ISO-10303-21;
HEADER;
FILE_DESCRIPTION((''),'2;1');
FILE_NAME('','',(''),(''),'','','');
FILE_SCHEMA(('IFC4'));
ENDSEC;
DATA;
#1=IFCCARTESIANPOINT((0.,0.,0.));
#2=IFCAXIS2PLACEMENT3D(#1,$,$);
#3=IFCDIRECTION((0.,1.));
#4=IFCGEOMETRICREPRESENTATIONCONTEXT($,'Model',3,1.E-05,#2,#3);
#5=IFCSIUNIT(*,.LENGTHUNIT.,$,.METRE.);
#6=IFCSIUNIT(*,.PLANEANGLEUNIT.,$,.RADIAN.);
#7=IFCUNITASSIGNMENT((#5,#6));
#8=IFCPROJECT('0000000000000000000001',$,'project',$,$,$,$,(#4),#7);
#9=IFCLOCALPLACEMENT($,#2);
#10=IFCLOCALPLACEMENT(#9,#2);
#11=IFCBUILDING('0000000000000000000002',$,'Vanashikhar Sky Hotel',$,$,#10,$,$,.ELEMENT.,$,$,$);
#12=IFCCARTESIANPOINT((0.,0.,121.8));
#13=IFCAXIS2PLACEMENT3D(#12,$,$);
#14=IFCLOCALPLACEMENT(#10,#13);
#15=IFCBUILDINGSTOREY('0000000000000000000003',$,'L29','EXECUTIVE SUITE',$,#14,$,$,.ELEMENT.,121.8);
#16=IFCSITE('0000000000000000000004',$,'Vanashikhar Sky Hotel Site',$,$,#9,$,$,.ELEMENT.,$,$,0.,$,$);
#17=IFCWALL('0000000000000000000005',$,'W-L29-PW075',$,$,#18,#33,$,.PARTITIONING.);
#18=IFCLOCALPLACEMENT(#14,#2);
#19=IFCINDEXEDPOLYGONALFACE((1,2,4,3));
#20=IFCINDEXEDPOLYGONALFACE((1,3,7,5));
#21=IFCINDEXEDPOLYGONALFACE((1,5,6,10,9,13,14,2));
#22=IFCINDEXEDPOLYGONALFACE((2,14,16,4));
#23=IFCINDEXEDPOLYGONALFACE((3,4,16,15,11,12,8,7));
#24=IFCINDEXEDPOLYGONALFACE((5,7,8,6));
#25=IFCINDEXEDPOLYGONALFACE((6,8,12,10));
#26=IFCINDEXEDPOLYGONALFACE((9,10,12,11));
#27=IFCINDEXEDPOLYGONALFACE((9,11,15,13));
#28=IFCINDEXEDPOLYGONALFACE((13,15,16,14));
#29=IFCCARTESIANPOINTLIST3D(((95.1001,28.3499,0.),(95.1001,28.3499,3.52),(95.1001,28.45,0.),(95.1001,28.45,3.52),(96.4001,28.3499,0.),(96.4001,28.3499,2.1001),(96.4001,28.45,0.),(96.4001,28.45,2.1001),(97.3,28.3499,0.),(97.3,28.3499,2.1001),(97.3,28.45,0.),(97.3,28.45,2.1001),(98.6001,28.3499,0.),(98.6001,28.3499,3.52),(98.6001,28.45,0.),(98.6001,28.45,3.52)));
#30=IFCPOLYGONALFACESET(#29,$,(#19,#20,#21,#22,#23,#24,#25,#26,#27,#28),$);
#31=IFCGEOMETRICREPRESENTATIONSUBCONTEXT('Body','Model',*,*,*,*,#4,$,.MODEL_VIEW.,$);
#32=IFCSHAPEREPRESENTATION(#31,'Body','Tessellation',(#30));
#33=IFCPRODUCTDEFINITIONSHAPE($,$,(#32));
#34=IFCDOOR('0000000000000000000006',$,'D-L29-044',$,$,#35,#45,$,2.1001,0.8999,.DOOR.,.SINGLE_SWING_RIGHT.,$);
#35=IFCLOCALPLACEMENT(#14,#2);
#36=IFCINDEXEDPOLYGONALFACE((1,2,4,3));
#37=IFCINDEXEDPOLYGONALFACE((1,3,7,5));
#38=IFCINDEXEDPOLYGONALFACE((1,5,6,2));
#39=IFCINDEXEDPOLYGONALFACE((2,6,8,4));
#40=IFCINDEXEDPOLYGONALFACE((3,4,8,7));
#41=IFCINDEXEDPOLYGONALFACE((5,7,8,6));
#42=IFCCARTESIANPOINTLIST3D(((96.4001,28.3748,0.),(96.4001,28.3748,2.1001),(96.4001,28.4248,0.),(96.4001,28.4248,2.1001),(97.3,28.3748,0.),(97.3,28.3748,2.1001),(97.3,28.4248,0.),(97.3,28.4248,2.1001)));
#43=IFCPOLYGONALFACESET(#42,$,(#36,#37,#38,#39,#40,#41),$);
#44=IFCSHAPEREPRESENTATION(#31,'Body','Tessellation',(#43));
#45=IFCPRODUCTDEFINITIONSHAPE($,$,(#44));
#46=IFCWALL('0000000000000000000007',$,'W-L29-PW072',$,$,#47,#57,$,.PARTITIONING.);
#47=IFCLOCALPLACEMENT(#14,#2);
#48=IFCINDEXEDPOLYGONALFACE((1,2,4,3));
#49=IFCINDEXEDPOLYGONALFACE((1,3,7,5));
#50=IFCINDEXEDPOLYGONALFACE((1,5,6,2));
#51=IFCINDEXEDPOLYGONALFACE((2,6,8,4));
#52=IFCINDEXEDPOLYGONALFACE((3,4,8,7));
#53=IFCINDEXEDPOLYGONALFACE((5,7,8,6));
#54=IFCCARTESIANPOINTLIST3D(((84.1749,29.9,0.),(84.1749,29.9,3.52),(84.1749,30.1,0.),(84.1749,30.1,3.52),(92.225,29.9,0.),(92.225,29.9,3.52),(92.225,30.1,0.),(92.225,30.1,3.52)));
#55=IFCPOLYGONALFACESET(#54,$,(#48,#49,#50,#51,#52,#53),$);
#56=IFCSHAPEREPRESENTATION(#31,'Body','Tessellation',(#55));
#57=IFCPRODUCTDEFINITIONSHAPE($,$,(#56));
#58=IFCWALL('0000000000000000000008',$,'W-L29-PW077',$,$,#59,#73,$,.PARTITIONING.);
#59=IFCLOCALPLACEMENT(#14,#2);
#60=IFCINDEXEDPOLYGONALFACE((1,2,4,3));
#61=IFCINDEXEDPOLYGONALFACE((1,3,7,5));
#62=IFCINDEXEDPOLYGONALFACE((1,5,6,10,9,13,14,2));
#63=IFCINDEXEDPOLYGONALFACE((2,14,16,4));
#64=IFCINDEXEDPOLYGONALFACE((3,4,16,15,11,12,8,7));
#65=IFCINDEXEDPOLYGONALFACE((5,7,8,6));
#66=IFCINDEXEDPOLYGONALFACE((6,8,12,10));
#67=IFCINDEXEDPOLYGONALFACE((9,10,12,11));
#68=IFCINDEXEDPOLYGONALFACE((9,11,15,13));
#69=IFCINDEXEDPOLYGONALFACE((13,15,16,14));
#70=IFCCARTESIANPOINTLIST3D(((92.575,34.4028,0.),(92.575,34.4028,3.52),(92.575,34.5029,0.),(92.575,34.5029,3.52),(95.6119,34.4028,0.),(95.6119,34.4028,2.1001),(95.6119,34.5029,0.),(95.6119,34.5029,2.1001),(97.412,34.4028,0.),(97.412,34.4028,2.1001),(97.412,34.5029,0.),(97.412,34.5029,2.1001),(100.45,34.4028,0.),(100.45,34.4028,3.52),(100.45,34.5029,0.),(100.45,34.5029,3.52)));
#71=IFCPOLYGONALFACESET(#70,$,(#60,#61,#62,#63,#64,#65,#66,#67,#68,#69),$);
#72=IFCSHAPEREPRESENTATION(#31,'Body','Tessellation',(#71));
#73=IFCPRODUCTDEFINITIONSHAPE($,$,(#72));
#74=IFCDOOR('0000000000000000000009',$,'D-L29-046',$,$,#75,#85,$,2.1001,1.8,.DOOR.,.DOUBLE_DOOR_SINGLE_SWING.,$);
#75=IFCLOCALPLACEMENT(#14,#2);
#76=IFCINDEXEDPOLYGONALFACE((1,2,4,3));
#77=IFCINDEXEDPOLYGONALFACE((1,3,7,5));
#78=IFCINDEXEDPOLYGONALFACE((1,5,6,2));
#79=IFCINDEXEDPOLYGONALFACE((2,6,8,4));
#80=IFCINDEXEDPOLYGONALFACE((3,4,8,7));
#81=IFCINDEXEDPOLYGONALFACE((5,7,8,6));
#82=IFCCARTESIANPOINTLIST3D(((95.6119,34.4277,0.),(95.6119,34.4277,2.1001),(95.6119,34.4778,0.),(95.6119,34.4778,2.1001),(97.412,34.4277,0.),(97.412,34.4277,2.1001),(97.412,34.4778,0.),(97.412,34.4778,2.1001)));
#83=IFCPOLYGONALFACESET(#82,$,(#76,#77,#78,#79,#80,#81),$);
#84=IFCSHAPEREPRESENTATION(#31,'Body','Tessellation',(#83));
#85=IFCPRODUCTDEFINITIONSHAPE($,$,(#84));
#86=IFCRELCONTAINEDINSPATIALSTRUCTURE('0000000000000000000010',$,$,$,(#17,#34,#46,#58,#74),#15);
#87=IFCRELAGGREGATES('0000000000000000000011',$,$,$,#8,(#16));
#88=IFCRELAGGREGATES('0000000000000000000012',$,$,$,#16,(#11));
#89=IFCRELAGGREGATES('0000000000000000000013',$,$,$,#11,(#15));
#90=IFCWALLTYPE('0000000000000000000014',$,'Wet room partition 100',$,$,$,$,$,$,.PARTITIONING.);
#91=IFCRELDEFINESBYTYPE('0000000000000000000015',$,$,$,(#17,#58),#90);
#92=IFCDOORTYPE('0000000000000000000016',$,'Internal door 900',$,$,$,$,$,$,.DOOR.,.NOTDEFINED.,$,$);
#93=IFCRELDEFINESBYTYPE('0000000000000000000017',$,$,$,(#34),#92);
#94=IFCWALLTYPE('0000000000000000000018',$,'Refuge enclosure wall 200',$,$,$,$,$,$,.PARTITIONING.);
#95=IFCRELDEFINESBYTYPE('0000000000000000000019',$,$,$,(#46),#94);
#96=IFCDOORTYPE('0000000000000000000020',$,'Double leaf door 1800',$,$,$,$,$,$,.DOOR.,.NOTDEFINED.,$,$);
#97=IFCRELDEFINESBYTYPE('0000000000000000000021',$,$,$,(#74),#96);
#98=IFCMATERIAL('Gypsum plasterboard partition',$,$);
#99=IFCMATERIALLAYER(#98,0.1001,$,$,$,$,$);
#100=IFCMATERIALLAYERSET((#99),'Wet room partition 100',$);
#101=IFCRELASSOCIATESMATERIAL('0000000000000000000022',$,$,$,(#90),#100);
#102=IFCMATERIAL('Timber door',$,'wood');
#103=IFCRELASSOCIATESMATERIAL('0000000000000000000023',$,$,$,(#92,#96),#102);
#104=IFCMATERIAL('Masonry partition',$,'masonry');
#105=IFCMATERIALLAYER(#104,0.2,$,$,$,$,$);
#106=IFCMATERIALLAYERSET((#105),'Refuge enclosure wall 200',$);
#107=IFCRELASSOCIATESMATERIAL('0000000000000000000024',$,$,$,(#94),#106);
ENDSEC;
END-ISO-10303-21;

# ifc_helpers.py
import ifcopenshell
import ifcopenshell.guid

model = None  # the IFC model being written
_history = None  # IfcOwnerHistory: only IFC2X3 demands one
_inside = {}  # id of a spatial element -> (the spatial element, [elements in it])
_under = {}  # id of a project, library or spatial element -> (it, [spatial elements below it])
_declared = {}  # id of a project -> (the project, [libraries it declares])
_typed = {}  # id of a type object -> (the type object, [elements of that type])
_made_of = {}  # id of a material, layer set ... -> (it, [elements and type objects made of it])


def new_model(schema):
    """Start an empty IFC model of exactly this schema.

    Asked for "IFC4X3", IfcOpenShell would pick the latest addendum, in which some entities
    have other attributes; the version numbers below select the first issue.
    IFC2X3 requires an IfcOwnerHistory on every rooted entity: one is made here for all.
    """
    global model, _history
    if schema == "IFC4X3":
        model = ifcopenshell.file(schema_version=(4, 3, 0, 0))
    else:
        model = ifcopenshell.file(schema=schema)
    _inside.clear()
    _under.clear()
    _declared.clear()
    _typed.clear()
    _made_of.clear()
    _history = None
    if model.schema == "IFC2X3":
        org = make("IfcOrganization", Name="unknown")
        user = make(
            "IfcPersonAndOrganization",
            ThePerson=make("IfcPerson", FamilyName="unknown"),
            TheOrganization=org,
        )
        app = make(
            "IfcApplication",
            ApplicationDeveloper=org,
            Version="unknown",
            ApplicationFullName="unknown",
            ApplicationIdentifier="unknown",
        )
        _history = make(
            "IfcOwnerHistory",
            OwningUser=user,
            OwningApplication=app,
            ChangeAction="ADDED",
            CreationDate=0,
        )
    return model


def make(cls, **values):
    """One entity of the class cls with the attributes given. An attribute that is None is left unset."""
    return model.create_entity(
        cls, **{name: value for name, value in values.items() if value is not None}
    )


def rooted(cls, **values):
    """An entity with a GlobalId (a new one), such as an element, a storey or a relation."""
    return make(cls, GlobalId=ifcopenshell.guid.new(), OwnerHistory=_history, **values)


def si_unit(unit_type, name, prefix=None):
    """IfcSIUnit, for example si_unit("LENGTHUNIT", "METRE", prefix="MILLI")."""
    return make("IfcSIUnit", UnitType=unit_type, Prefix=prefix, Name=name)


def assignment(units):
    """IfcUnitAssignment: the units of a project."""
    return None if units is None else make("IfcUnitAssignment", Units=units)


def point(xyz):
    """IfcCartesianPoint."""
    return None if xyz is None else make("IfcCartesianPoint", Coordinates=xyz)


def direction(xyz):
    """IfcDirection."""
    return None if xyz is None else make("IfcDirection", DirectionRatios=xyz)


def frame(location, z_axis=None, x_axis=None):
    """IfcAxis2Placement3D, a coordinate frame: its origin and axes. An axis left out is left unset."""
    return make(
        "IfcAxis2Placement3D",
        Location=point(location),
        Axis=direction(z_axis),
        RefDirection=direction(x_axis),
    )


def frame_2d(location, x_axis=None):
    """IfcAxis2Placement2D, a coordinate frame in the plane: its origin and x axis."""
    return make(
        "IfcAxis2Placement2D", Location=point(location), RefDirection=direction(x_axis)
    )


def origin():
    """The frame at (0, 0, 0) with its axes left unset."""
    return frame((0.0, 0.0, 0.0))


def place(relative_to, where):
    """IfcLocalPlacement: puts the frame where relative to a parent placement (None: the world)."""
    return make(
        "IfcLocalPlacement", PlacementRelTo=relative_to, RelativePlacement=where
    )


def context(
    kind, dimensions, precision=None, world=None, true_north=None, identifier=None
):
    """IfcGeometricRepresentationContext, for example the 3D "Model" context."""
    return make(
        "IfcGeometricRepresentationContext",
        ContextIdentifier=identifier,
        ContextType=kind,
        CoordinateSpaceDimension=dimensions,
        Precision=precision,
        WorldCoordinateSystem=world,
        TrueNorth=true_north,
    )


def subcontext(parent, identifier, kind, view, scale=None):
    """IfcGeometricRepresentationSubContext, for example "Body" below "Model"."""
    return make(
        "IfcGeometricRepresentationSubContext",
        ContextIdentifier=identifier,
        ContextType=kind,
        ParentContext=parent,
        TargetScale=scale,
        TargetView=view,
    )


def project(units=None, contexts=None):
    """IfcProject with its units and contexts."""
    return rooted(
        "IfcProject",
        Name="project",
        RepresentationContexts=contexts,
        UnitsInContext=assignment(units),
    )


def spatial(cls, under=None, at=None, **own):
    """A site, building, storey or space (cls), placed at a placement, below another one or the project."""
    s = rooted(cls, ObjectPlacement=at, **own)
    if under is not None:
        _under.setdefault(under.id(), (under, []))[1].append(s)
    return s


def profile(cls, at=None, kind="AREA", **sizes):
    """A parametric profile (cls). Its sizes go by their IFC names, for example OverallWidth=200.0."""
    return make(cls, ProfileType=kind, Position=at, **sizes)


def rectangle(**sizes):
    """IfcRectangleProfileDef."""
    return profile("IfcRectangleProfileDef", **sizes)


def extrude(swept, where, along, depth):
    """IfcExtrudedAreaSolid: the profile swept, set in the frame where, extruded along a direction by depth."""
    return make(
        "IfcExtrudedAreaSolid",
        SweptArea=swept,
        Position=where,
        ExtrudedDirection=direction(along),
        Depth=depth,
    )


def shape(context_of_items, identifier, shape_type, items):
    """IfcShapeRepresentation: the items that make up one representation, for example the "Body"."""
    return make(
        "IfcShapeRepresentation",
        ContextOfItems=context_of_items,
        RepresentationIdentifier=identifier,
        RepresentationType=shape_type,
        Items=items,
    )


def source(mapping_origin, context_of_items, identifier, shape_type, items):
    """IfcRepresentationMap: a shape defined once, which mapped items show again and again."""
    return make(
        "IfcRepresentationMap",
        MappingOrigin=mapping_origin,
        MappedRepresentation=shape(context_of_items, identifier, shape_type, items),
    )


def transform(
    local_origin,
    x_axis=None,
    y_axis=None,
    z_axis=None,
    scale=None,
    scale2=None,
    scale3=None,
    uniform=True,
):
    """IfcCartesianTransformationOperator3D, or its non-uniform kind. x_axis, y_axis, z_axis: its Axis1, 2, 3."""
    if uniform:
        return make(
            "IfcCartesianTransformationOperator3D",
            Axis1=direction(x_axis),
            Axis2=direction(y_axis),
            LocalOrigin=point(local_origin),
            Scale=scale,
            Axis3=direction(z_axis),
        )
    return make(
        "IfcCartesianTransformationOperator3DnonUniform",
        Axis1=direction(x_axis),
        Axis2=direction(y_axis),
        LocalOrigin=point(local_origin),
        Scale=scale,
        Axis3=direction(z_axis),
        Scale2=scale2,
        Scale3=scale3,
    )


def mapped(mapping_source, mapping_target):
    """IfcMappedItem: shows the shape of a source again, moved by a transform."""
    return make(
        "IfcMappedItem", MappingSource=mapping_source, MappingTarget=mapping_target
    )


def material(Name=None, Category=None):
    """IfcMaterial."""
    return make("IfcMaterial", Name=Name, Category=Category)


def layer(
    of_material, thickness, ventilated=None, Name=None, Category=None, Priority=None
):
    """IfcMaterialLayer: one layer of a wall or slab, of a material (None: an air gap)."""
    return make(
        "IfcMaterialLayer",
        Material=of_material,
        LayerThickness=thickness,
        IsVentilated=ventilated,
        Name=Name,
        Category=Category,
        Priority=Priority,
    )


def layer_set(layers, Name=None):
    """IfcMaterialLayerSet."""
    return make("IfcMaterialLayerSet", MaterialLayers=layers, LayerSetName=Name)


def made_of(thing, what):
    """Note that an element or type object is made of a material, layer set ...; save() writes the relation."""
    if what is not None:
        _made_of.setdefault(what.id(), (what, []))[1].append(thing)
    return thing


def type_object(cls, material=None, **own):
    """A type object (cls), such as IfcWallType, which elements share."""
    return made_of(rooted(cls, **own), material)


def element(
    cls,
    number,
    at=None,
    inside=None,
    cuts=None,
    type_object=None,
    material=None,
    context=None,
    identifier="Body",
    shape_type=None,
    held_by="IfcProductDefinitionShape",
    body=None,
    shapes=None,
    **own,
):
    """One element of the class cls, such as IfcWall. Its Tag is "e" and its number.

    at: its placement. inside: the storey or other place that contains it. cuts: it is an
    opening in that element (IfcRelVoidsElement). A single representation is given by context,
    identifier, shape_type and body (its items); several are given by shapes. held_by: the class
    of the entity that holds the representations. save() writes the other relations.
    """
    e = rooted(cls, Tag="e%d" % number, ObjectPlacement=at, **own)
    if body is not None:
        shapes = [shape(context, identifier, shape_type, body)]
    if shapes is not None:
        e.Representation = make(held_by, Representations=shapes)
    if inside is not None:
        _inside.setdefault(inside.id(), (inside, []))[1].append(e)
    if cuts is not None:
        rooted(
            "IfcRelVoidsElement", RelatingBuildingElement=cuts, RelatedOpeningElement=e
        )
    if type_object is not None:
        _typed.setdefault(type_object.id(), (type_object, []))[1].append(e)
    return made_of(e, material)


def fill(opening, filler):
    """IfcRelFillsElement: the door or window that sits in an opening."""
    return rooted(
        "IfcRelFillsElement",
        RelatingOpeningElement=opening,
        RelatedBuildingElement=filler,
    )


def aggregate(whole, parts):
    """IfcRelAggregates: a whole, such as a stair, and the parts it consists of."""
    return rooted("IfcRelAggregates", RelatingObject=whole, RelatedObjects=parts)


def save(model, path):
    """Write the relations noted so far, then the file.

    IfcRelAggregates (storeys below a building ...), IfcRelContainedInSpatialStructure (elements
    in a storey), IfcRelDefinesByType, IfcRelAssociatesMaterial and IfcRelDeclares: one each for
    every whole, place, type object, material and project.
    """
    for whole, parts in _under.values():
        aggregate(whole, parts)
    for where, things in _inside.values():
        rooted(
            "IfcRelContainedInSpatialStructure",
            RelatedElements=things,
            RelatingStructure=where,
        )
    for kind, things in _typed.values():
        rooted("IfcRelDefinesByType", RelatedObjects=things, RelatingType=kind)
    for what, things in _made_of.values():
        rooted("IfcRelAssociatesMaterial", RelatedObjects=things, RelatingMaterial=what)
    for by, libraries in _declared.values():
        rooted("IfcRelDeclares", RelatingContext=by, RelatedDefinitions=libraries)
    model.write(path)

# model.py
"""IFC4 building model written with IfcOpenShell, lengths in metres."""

from ifc_helpers import new_model, si_unit, direction, frame, frame_2d, origin, place, context, subcontext, project, spatial, rectangle, extrude, source, transform, mapped, material, layer, layer_set, type_object, element, fill, save


model = new_model("IFC4")

# Units and contexts
model_context = context("Model", 3, precision=1e-05, world=origin(), true_north=direction((0.0, 1.0)))
body_context = subcontext(model_context, "Body", "Model", "MODEL_VIEW")
ifc_project = project(units=[si_unit("LENGTHUNIT", "METRE"), si_unit("PLANEANGLEUNIT", "RADIAN")], contexts=[model_context])

# Site, building, storey
site_placement = place(None, origin())
site = spatial("IfcSite", under=ifc_project, at=site_placement, Name="Vanashikhar Sky Hotel Site", CompositionType="ELEMENT", RefElevation=0.0)
building_placement = place(site_placement, origin())
building = spatial("IfcBuilding", under=site, at=building_placement, Name="Vanashikhar Sky Hotel", CompositionType="ELEMENT")
storey_placement = place(building_placement, frame((0.0, 0.0, 121.8)))
storey = spatial("IfcBuildingStorey", under=building, at=storey_placement, Name="L29", Description="EXECUTIVE SUITE", CompositionType="ELEMENT", Elevation=121.8)

# Wall, opening, door
ifc_material_1 = material(Name="Gypsum plasterboard partition")
ifc_layer_1 = layer(ifc_material_1, 0.1001)
ifc_layer_set_1 = layer_set([ifc_layer_1], Name="Wet room partition 100")
wall_type_1 = type_object("IfcWallType", Name="Wet room partition 100", PredefinedType="PARTITIONING", material=ifc_layer_set_1)
shared_shape_1 = source(origin(), body_context, "Body", "SweptSolid", [
    extrude(rectangle(XDim=3.5, YDim=0.1001, at=frame_2d((1.75, 0.0))), origin(), (0.0, 0.0, 1.0), 3.52),
])
wall_1_placement = place(storey_placement, frame((95.1001, 28.3999, 0.0), z_axis=(0.0, 0.0, 1.0), x_axis=(1.0, 0.0, 0.0)))
wall_1 = element("IfcWall", 1, at=wall_1_placement, inside=storey, type_object=wall_type_1, Name="W-L29-PW075", PredefinedType="PARTITIONING", context=body_context, shape_type="MappedRepresentation", body=[
    mapped(shared_shape_1, transform((0.0, 0.0, 0.0), scale=1.0)),
])
shared_shape_2 = source(origin(), body_context, "Body", "SweptSolid", [
    extrude(rectangle(XDim=0.8999, YDim=2.1001, at=frame_2d((0.45, 1.05))), frame((0.0, 0.0601, 0.0), z_axis=(0.0, -1.0, 0.0), x_axis=(1.0, 0.0, 0.0)), (0.0, 0.0, 1.0), 0.1201),
])
opening_1_placement = place(wall_1_placement, frame((1.3, 0.0, 0.0)))
opening_1 = element("IfcOpeningElement", 2, at=opening_1_placement, cuts=wall_1, PredefinedType="OPENING", context=body_context, shape_type="MappedRepresentation", body=[
    mapped(shared_shape_2, transform((0.0, 0.0, 0.0), scale=1.0)),
])
ifc_material_2 = material(Name="Timber door", Category="wood")
door_type_1 = type_object("IfcDoorType", Name="Internal door 900", OperationType="NOTDEFINED", PredefinedType="DOOR", material=ifc_material_2)
shared_shape_3 = source(origin(), body_context, "Body", "SweptSolid", [
    extrude(rectangle(XDim=0.8999, YDim=2.1001, at=frame_2d((0.45, 1.05))), frame((0.0, 0.0249, 0.0), z_axis=(0.0, -1.0, 0.0), x_axis=(1.0, 0.0, 0.0)), (0.0, 0.0, 1.0), 0.05),
])
door_1_placement = place(opening_1_placement, origin())
door_1 = element("IfcDoor", 3, at=door_1_placement, inside=storey, type_object=door_type_1, Name="D-L29-044", OperationType="SINGLE_SWING_RIGHT", OverallHeight=2.1001, OverallWidth=0.8999, PredefinedType="DOOR", context=body_context, shape_type="MappedRepresentation", body=[
    mapped(shared_shape_3, transform((0.0, 0.0, 0.0), scale=1.0)),
])
fill(opening_1, door_1)

# Wall
ifc_material_3 = material(Name="Masonry partition", Category="masonry")
ifc_layer_2 = layer(ifc_material_3, 0.2)
ifc_layer_set_2 = layer_set([ifc_layer_2], Name="Refuge enclosure wall 200")
wall_type_2 = type_object("IfcWallType", Name="Refuge enclosure wall 200", PredefinedType="PARTITIONING", material=ifc_layer_set_2)
shared_shape_4 = source(origin(), body_context, "Body", "SweptSolid", [
    extrude(rectangle(XDim=8.05, YDim=0.2, at=frame_2d((4.0249, 0.0))), origin(), (0.0, 0.0, 1.0), 3.52),
])
wall_2_placement = place(storey_placement, frame((84.175, 30.0, 0.0), z_axis=(0.0, 0.0, 1.0), x_axis=(1.0, 0.0, 0.0)))
element("IfcWall", 4, at=wall_2_placement, inside=storey, type_object=wall_type_2, Name="W-L29-PW072", PredefinedType="PARTITIONING", context=body_context, shape_type="MappedRepresentation", body=[
    mapped(shared_shape_4, transform((0.0, 0.0, 0.0), scale=1.0)),
])

# Wall, opening, door
shared_shape_5 = source(origin(), body_context, "Body", "SweptSolid", [
    extrude(rectangle(XDim=7.875, YDim=0.1001, at=frame_2d((3.9375, 0.0))), origin(), (0.0, 0.0, 1.0), 3.52),
])
wall_3_placement = place(storey_placement, frame((92.575, 34.4529, 0.0), z_axis=(0.0, 0.0, 1.0), x_axis=(1.0, 0.0, 0.0)))
wall_3 = element("IfcWall", 5, at=wall_3_placement, inside=storey, type_object=wall_type_1, Name="W-L29-PW077", PredefinedType="PARTITIONING", context=body_context, shape_type="MappedRepresentation", body=[
    mapped(shared_shape_5, transform((0.0, 0.0, 0.0), scale=1.0)),
])
shared_shape_6 = source(origin(), body_context, "Body", "SweptSolid", [
    extrude(rectangle(XDim=1.8, YDim=2.1001, at=frame_2d((0.8999, 1.05))), frame((0.0, 0.0601, 0.0), z_axis=(0.0, -1.0, 0.0), x_axis=(1.0, 0.0, 0.0)), (0.0, 0.0, 1.0), 0.1201),
])
opening_2_placement = place(wall_3_placement, frame((3.0371, 0.0, 0.0)))
opening_2 = element("IfcOpeningElement", 6, at=opening_2_placement, cuts=wall_3, PredefinedType="OPENING", context=body_context, shape_type="MappedRepresentation", body=[
    mapped(shared_shape_6, transform((0.0, 0.0, 0.0), scale=1.0)),
])
door_type_2 = type_object("IfcDoorType", Name="Double leaf door 1800", OperationType="NOTDEFINED", PredefinedType="DOOR", material=ifc_material_2)
shared_shape_7 = source(origin(), body_context, "Body", "SweptSolid", [
    extrude(rectangle(XDim=1.8, YDim=2.1001, at=frame_2d((0.8999, 1.05))), frame((0.0, 0.0249, 0.0), z_axis=(0.0, -1.0, 0.0), x_axis=(1.0, 0.0, 0.0)), (0.0, 0.0, 1.0), 0.05),
])
door_2_placement = place(opening_2_placement, origin())
door_2 = element("IfcDoor", 7, at=door_2_placement, inside=storey, type_object=door_type_2, Name="D-L29-046", OperationType="DOUBLE_DOOR_SINGLE_SWING", OverallHeight=2.1001, OverallWidth=1.8, PredefinedType="DOOR", context=body_context, shape_type="MappedRepresentation", body=[
    mapped(shared_shape_7, transform((0.0, 0.0, 0.0), scale=1.0)),
])
fill(opening_2, door_2)

save(model, "model.ifc")
